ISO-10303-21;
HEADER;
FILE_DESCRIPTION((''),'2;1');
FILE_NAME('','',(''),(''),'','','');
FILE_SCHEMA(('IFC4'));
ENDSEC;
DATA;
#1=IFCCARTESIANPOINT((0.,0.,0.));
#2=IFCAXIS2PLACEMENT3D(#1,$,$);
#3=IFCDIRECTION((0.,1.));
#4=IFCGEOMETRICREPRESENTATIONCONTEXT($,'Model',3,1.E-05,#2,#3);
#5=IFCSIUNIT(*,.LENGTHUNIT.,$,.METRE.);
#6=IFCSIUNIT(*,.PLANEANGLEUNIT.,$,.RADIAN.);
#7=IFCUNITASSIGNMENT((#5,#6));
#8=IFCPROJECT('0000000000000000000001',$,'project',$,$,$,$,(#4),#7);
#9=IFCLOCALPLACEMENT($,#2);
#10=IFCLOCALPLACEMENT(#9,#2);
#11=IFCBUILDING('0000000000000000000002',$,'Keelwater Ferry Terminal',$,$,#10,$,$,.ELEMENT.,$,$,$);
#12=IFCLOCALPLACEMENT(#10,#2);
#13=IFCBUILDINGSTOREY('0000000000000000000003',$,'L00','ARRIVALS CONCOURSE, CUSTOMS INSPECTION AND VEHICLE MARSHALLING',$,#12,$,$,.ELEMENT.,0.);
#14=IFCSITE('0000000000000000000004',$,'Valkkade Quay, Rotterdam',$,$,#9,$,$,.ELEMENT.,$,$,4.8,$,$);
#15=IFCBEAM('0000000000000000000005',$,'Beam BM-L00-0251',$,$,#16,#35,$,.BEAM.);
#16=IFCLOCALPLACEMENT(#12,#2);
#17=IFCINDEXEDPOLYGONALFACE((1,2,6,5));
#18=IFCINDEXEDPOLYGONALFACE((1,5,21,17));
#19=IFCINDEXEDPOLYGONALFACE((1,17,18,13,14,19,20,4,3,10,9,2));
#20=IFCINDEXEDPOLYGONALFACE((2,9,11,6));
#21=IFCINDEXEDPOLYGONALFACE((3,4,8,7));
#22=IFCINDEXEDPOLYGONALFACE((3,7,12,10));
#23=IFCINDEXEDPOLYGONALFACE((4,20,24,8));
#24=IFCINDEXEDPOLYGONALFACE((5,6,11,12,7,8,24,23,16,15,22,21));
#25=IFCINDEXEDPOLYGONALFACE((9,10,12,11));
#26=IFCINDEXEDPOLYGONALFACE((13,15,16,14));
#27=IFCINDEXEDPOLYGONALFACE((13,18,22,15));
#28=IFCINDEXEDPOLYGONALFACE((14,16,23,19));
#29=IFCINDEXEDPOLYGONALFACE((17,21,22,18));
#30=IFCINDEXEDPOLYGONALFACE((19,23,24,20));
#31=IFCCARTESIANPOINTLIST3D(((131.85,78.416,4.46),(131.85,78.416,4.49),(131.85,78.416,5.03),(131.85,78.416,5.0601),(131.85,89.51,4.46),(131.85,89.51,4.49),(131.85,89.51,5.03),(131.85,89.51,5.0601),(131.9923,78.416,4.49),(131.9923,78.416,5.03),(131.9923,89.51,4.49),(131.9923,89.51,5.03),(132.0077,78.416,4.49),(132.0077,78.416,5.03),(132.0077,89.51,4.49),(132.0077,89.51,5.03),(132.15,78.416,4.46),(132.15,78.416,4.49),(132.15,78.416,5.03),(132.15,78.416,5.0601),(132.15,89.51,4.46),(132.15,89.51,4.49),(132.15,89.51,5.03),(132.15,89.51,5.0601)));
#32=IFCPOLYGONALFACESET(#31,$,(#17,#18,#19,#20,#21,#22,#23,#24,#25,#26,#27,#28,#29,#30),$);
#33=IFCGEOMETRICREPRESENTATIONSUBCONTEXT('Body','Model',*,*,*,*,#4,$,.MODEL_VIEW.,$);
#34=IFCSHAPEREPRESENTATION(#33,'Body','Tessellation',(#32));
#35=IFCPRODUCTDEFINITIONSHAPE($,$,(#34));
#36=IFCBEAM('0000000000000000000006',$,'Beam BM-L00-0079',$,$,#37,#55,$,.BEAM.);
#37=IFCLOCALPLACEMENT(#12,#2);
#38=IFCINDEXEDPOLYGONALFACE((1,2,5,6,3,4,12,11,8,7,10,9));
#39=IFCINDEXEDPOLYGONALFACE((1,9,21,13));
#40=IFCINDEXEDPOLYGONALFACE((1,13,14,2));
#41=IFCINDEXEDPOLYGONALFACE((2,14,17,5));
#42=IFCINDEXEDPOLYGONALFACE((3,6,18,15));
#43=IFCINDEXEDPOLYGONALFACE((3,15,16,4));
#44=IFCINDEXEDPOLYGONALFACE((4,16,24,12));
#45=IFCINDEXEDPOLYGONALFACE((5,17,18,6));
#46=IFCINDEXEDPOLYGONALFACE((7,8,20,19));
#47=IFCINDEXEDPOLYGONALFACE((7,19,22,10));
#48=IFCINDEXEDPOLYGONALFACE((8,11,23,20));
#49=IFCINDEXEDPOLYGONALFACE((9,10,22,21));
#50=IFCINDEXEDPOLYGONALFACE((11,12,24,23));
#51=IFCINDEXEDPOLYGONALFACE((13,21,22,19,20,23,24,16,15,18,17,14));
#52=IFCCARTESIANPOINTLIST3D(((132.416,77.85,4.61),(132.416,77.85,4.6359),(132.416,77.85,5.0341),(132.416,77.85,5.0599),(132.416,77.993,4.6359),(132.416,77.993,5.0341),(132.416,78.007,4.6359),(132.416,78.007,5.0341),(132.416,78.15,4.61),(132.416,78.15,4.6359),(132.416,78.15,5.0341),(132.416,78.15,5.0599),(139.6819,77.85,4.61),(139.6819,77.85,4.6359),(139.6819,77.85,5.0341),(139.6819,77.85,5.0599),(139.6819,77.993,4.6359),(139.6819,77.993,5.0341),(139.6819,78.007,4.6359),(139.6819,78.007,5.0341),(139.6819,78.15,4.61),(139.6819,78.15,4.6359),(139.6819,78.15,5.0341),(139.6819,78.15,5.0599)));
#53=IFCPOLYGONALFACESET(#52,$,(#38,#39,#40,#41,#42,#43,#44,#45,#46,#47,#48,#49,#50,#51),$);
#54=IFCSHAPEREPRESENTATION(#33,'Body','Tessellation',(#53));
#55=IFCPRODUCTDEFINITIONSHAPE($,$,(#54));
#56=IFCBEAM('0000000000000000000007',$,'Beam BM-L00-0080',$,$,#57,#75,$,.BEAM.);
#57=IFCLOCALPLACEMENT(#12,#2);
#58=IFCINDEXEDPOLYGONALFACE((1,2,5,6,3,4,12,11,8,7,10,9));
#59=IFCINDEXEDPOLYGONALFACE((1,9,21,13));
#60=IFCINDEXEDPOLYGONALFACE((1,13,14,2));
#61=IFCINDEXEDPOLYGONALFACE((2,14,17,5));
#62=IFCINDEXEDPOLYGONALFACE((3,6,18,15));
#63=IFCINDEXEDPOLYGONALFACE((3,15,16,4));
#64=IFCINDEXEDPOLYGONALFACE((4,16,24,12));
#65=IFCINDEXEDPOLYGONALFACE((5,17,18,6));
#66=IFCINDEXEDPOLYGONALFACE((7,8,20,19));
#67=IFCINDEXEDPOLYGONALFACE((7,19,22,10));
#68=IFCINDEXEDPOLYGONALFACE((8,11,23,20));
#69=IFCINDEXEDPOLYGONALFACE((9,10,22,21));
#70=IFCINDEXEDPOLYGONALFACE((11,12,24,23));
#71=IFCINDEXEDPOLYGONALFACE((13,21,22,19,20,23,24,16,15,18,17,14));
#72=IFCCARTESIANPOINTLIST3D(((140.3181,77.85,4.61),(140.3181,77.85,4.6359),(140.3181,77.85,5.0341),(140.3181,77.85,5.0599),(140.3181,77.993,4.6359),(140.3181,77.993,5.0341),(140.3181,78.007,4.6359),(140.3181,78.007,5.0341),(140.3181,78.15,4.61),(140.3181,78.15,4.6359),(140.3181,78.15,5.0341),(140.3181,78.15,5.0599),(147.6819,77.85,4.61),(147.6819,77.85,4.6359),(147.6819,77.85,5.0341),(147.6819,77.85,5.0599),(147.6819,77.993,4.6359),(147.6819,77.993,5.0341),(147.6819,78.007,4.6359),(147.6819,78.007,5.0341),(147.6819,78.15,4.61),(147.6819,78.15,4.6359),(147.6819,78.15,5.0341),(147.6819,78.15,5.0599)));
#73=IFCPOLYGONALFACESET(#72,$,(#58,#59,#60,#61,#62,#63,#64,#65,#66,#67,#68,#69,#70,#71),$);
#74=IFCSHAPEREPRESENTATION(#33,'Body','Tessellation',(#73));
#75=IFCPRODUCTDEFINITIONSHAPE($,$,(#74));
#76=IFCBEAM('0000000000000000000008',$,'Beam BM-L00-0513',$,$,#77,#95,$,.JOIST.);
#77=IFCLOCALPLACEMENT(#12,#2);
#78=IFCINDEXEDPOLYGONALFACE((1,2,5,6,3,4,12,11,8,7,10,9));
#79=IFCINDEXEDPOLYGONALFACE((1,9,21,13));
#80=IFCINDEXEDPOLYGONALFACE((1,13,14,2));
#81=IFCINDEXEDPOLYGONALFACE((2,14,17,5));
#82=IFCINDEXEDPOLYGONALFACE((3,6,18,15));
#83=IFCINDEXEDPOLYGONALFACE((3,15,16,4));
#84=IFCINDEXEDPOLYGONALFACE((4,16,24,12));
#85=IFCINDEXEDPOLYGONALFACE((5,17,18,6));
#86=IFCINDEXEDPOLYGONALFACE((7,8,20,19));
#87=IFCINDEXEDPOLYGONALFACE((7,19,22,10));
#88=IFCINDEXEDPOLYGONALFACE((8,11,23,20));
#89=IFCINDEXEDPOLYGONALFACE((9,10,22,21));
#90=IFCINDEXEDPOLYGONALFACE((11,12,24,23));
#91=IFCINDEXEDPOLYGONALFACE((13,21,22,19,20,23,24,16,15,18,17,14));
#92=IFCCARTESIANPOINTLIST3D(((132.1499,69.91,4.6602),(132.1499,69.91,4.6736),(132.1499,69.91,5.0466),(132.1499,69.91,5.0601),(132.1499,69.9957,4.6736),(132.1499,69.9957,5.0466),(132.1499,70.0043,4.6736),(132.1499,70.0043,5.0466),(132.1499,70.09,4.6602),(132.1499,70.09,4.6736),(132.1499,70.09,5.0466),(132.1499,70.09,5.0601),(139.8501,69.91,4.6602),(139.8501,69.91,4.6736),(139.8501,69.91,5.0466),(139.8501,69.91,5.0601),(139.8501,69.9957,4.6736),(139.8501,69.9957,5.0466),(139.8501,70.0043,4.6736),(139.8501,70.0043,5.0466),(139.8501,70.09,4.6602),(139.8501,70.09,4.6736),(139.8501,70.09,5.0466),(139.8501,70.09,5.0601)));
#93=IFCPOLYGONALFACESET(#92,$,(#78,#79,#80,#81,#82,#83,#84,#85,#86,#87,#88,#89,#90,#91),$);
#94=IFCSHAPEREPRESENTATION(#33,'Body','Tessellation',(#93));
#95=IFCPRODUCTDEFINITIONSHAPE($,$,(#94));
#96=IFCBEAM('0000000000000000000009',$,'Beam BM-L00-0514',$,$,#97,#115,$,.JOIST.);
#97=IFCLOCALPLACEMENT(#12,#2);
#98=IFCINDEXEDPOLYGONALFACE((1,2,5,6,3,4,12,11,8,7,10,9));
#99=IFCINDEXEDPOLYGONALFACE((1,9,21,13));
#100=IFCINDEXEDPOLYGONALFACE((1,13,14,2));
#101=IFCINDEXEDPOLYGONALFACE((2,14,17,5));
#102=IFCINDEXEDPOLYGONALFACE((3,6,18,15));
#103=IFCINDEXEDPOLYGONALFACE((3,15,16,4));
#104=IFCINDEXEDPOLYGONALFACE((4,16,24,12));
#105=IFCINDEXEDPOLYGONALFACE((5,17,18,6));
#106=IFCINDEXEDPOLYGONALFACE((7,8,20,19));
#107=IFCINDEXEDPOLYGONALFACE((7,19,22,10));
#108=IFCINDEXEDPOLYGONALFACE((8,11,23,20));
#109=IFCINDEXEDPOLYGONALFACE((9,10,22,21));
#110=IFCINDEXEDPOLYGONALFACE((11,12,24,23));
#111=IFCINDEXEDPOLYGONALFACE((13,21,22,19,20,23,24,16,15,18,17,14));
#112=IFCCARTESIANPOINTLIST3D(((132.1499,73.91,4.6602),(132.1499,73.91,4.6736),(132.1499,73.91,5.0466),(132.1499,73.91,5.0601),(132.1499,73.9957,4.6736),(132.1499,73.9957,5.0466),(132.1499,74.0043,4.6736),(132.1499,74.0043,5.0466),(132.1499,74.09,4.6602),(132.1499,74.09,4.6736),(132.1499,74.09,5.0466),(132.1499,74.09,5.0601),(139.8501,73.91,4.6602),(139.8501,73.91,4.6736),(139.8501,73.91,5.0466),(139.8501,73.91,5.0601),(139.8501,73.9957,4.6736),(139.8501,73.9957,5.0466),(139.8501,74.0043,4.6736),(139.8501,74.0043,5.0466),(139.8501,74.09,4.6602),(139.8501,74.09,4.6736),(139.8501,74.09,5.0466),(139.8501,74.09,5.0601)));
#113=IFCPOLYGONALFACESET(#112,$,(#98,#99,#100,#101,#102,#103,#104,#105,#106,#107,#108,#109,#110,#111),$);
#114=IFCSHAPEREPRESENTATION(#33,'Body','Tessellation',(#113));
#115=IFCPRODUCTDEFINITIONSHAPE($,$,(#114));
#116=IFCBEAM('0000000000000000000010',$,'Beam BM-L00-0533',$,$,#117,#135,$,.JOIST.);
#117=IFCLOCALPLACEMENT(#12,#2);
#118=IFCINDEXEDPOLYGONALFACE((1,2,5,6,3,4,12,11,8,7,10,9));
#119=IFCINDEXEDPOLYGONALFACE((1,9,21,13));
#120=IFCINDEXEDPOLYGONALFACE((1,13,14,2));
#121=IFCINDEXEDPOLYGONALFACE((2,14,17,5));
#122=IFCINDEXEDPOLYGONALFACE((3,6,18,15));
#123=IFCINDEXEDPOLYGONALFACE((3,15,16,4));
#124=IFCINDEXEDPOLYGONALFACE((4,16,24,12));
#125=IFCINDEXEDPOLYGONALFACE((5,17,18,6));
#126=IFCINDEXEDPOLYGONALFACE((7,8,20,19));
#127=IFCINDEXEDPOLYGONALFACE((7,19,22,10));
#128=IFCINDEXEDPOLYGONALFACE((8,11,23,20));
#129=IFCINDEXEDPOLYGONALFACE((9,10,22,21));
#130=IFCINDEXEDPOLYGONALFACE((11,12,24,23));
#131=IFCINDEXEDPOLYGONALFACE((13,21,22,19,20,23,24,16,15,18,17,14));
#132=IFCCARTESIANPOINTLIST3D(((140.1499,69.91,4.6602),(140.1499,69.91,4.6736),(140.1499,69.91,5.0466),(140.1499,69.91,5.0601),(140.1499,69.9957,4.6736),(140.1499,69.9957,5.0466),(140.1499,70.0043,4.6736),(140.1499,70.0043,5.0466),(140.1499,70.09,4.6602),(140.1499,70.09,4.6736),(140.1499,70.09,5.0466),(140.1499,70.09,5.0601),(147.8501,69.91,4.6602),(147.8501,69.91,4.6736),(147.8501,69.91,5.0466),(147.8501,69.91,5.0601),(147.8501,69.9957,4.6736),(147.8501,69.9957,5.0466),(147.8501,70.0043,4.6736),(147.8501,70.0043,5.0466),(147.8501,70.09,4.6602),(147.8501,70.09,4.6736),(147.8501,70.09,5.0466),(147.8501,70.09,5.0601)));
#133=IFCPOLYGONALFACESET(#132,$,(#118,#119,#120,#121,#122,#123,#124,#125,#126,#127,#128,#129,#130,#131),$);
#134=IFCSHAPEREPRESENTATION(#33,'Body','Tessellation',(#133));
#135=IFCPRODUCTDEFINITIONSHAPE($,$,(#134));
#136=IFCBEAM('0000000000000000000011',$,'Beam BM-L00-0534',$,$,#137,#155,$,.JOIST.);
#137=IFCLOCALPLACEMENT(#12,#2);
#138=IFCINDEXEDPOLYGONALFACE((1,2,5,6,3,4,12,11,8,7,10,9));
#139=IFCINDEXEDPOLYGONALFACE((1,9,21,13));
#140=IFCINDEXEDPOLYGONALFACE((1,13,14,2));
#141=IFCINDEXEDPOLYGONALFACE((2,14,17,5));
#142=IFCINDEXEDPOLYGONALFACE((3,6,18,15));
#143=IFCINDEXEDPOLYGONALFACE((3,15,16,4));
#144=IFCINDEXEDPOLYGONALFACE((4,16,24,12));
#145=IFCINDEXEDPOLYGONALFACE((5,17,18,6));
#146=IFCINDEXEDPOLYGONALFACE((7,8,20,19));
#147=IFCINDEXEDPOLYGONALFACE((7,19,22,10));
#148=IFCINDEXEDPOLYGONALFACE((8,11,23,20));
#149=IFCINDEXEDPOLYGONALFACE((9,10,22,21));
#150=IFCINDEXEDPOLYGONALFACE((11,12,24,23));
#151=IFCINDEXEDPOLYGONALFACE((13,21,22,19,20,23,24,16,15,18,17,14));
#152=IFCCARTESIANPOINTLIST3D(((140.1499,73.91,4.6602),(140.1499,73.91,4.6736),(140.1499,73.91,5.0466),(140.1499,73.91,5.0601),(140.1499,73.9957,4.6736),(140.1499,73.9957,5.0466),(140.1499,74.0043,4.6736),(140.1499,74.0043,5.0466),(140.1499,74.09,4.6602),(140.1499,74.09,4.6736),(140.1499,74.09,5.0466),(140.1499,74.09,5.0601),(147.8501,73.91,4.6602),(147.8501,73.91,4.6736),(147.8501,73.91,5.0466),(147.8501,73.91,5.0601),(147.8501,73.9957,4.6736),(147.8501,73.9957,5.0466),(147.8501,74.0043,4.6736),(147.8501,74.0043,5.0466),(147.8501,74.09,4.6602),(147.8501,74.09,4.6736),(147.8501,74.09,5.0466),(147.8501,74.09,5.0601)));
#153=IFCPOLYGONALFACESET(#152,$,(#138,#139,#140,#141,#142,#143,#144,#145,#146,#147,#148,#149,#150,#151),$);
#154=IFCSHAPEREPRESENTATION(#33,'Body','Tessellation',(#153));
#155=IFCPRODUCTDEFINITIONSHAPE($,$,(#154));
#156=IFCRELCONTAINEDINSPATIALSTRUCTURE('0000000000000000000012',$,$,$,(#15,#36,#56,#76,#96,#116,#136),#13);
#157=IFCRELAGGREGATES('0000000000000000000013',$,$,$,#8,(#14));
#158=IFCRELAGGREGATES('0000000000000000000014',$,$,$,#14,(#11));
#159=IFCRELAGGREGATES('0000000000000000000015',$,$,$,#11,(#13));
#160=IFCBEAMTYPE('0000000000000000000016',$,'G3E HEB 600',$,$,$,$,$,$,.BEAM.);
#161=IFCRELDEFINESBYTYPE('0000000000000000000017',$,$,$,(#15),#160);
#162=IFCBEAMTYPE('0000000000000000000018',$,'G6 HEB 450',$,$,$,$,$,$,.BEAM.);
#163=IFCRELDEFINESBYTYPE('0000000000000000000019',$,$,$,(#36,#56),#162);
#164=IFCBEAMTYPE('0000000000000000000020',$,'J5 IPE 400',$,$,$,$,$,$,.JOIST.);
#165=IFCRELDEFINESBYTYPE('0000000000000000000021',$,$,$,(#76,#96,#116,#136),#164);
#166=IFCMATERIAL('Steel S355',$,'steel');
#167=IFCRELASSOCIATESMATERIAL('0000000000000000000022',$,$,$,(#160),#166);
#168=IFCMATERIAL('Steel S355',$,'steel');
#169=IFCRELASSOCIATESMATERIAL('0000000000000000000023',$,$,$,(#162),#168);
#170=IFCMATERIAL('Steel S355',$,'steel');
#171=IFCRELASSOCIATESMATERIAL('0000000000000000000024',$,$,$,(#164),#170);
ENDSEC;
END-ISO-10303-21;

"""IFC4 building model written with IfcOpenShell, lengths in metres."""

from ifc_helpers import new_model, si_unit, direction, frame, origin, origin_2d, place, context, subcontext, project, spatial, i_section, extrude, material, material_profile, profile_set, type_object, element, save


model = new_model("IFC4")

# Units and contexts
model_context = context("Model", 3, precision=1e-05, world=origin(), true_north=direction((0.0, 1.0)))
body_context = subcontext(model_context, "Body", "Model", "MODEL_VIEW")
ifc_project = project(units=[si_unit("LENGTHUNIT", "METRE"), si_unit("PLANEANGLEUNIT", "RADIAN")], contexts=[model_context])

# Site, building, storey
site_placement = place(None, origin())
site = spatial("IfcSite", under=ifc_project, at=site_placement, Name="Valkkade Quay, Rotterdam", CompositionType="ELEMENT", RefElevation=4.8)
building_placement = place(site_placement, origin())
building = spatial("IfcBuilding", under=site, at=building_placement, Name="Keelwater Ferry Terminal", CompositionType="ELEMENT")
storey_placement = place(building_placement, origin())
storey = spatial("IfcBuildingStorey", under=building, at=storey_placement, Name="L00", Description="ARRIVALS CONCOURSE, CUSTOMS INSPECTION AND VEHICLE MARSHALLING", CompositionType="ELEMENT", Elevation=0.0)

# Beams
ifc_material_1 = material(Name="Steel S355", Category="steel")
ifc_material_profile_1 = material_profile(ifc_material_1, i_section(OverallWidth=0.3, OverallDepth=0.6001, WebThickness=0.0154, FlangeThickness=0.03, at=origin_2d()), Name="HEB 600")
ifc_profile_set_1 = profile_set([ifc_material_profile_1], Name="Steel S355")
beam_type_1 = type_object("IfcBeamType", Name="G3E HEB 600", PredefinedType="BEAM", material=ifc_profile_set_1)
beam_1_placement = place(storey_placement, frame((132.0, 78.416, 4.76), z_axis=(0.0, 1.0, 0.0), x_axis=(-1.0, 0.0, 0.0)))
element("IfcBeam", 1, at=beam_1_placement, inside=storey, type_object=beam_type_1, Name="Beam BM-L00-0251", PredefinedType="BEAM", context=body_context, shape_type="SweptSolid", body=[
    extrude(i_section(OverallWidth=0.3, OverallDepth=0.6001, WebThickness=0.0154, FlangeThickness=0.03, at=origin_2d()), origin(), (0.0, 0.0, 1.0), 11.094),
])
ifc_material_2 = material(Name="Steel S355", Category="steel")
ifc_material_profile_2 = material_profile(ifc_material_2, i_section(OverallWidth=0.3, OverallDepth=0.45, WebThickness=0.0139, FlangeThickness=0.0259, at=origin_2d()), Name="HEB 450")
ifc_profile_set_2 = profile_set([ifc_material_profile_2], Name="Steel S355")
beam_type_2 = type_object("IfcBeamType", Name="G6 HEB 450", PredefinedType="BEAM", material=ifc_profile_set_2)
beam_2_placement = place(storey_placement, frame((132.416, 78.0, 4.835), z_axis=(1.0, 0.0, 0.0), x_axis=(0.0, 1.0, 0.0)))
element("IfcBeam", 2, at=beam_2_placement, inside=storey, type_object=beam_type_2, Name="Beam BM-L00-0079", PredefinedType="BEAM", context=body_context, shape_type="SweptSolid", body=[
    extrude(i_section(OverallWidth=0.3, OverallDepth=0.45, WebThickness=0.0139, FlangeThickness=0.0259, at=origin_2d()), origin(), (0.0, 0.0, 1.0), 7.2659),
])
beam_3_placement = place(storey_placement, frame((140.3181, 78.0, 4.835), z_axis=(1.0, 0.0, 0.0), x_axis=(0.0, 1.0, 0.0)))
element("IfcBeam", 3, at=beam_3_placement, inside=storey, type_object=beam_type_2, Name="Beam BM-L00-0080", PredefinedType="BEAM", context=body_context, shape_type="SweptSolid", body=[
    extrude(i_section(OverallWidth=0.3, OverallDepth=0.45, WebThickness=0.0139, FlangeThickness=0.0259, at=origin_2d()), origin(), (0.0, 0.0, 1.0), 7.3638),
])
ifc_material_3 = material(Name="Steel S355", Category="steel")
ifc_material_profile_3 = material_profile(ifc_material_3, i_section(OverallWidth=0.1799, OverallDepth=0.3999, WebThickness=0.0085, FlangeThickness=0.0134, at=origin_2d()), Name="IPE 400")
ifc_profile_set_3 = profile_set([ifc_material_profile_3], Name="Steel S355")
beam_type_3 = type_object("IfcBeamType", Name="J5 IPE 400", PredefinedType="JOIST", material=ifc_profile_set_3)
for number, where, z_axis, x_axis, name in (
    (4, (132.1499, 70.0, 4.8601), (1.0, 0.0, 0.0), (0.0, 1.0, 0.0), "Beam BM-L00-0513"),
    (5, (132.1499, 74.0, 4.8601), (1.0, 0.0, 0.0), (0.0, 1.0, 0.0), "Beam BM-L00-0514"),
    (6, (140.1499, 70.0, 4.8601), (1.0, 0.0, 0.0), (0.0, 1.0, 0.0), "Beam BM-L00-0533"),
    (7, (140.1499, 74.0, 4.8601), (1.0, 0.0, 0.0), (0.0, 1.0, 0.0), "Beam BM-L00-0534"),
):
    element("IfcBeam", number, at=place(storey_placement, frame(where, z_axis=z_axis, x_axis=x_axis)), inside=storey, type_object=beam_type_3, Name=name, PredefinedType="JOIST", context=body_context, shape_type="SweptSolid", body=[
        extrude(i_section(OverallWidth=0.1799, OverallDepth=0.3999, WebThickness=0.0085, FlangeThickness=0.0134, at=origin_2d()), origin(), (0.0, 0.0, 1.0), 7.7002),
    ])

save(model, "model.ifc")
